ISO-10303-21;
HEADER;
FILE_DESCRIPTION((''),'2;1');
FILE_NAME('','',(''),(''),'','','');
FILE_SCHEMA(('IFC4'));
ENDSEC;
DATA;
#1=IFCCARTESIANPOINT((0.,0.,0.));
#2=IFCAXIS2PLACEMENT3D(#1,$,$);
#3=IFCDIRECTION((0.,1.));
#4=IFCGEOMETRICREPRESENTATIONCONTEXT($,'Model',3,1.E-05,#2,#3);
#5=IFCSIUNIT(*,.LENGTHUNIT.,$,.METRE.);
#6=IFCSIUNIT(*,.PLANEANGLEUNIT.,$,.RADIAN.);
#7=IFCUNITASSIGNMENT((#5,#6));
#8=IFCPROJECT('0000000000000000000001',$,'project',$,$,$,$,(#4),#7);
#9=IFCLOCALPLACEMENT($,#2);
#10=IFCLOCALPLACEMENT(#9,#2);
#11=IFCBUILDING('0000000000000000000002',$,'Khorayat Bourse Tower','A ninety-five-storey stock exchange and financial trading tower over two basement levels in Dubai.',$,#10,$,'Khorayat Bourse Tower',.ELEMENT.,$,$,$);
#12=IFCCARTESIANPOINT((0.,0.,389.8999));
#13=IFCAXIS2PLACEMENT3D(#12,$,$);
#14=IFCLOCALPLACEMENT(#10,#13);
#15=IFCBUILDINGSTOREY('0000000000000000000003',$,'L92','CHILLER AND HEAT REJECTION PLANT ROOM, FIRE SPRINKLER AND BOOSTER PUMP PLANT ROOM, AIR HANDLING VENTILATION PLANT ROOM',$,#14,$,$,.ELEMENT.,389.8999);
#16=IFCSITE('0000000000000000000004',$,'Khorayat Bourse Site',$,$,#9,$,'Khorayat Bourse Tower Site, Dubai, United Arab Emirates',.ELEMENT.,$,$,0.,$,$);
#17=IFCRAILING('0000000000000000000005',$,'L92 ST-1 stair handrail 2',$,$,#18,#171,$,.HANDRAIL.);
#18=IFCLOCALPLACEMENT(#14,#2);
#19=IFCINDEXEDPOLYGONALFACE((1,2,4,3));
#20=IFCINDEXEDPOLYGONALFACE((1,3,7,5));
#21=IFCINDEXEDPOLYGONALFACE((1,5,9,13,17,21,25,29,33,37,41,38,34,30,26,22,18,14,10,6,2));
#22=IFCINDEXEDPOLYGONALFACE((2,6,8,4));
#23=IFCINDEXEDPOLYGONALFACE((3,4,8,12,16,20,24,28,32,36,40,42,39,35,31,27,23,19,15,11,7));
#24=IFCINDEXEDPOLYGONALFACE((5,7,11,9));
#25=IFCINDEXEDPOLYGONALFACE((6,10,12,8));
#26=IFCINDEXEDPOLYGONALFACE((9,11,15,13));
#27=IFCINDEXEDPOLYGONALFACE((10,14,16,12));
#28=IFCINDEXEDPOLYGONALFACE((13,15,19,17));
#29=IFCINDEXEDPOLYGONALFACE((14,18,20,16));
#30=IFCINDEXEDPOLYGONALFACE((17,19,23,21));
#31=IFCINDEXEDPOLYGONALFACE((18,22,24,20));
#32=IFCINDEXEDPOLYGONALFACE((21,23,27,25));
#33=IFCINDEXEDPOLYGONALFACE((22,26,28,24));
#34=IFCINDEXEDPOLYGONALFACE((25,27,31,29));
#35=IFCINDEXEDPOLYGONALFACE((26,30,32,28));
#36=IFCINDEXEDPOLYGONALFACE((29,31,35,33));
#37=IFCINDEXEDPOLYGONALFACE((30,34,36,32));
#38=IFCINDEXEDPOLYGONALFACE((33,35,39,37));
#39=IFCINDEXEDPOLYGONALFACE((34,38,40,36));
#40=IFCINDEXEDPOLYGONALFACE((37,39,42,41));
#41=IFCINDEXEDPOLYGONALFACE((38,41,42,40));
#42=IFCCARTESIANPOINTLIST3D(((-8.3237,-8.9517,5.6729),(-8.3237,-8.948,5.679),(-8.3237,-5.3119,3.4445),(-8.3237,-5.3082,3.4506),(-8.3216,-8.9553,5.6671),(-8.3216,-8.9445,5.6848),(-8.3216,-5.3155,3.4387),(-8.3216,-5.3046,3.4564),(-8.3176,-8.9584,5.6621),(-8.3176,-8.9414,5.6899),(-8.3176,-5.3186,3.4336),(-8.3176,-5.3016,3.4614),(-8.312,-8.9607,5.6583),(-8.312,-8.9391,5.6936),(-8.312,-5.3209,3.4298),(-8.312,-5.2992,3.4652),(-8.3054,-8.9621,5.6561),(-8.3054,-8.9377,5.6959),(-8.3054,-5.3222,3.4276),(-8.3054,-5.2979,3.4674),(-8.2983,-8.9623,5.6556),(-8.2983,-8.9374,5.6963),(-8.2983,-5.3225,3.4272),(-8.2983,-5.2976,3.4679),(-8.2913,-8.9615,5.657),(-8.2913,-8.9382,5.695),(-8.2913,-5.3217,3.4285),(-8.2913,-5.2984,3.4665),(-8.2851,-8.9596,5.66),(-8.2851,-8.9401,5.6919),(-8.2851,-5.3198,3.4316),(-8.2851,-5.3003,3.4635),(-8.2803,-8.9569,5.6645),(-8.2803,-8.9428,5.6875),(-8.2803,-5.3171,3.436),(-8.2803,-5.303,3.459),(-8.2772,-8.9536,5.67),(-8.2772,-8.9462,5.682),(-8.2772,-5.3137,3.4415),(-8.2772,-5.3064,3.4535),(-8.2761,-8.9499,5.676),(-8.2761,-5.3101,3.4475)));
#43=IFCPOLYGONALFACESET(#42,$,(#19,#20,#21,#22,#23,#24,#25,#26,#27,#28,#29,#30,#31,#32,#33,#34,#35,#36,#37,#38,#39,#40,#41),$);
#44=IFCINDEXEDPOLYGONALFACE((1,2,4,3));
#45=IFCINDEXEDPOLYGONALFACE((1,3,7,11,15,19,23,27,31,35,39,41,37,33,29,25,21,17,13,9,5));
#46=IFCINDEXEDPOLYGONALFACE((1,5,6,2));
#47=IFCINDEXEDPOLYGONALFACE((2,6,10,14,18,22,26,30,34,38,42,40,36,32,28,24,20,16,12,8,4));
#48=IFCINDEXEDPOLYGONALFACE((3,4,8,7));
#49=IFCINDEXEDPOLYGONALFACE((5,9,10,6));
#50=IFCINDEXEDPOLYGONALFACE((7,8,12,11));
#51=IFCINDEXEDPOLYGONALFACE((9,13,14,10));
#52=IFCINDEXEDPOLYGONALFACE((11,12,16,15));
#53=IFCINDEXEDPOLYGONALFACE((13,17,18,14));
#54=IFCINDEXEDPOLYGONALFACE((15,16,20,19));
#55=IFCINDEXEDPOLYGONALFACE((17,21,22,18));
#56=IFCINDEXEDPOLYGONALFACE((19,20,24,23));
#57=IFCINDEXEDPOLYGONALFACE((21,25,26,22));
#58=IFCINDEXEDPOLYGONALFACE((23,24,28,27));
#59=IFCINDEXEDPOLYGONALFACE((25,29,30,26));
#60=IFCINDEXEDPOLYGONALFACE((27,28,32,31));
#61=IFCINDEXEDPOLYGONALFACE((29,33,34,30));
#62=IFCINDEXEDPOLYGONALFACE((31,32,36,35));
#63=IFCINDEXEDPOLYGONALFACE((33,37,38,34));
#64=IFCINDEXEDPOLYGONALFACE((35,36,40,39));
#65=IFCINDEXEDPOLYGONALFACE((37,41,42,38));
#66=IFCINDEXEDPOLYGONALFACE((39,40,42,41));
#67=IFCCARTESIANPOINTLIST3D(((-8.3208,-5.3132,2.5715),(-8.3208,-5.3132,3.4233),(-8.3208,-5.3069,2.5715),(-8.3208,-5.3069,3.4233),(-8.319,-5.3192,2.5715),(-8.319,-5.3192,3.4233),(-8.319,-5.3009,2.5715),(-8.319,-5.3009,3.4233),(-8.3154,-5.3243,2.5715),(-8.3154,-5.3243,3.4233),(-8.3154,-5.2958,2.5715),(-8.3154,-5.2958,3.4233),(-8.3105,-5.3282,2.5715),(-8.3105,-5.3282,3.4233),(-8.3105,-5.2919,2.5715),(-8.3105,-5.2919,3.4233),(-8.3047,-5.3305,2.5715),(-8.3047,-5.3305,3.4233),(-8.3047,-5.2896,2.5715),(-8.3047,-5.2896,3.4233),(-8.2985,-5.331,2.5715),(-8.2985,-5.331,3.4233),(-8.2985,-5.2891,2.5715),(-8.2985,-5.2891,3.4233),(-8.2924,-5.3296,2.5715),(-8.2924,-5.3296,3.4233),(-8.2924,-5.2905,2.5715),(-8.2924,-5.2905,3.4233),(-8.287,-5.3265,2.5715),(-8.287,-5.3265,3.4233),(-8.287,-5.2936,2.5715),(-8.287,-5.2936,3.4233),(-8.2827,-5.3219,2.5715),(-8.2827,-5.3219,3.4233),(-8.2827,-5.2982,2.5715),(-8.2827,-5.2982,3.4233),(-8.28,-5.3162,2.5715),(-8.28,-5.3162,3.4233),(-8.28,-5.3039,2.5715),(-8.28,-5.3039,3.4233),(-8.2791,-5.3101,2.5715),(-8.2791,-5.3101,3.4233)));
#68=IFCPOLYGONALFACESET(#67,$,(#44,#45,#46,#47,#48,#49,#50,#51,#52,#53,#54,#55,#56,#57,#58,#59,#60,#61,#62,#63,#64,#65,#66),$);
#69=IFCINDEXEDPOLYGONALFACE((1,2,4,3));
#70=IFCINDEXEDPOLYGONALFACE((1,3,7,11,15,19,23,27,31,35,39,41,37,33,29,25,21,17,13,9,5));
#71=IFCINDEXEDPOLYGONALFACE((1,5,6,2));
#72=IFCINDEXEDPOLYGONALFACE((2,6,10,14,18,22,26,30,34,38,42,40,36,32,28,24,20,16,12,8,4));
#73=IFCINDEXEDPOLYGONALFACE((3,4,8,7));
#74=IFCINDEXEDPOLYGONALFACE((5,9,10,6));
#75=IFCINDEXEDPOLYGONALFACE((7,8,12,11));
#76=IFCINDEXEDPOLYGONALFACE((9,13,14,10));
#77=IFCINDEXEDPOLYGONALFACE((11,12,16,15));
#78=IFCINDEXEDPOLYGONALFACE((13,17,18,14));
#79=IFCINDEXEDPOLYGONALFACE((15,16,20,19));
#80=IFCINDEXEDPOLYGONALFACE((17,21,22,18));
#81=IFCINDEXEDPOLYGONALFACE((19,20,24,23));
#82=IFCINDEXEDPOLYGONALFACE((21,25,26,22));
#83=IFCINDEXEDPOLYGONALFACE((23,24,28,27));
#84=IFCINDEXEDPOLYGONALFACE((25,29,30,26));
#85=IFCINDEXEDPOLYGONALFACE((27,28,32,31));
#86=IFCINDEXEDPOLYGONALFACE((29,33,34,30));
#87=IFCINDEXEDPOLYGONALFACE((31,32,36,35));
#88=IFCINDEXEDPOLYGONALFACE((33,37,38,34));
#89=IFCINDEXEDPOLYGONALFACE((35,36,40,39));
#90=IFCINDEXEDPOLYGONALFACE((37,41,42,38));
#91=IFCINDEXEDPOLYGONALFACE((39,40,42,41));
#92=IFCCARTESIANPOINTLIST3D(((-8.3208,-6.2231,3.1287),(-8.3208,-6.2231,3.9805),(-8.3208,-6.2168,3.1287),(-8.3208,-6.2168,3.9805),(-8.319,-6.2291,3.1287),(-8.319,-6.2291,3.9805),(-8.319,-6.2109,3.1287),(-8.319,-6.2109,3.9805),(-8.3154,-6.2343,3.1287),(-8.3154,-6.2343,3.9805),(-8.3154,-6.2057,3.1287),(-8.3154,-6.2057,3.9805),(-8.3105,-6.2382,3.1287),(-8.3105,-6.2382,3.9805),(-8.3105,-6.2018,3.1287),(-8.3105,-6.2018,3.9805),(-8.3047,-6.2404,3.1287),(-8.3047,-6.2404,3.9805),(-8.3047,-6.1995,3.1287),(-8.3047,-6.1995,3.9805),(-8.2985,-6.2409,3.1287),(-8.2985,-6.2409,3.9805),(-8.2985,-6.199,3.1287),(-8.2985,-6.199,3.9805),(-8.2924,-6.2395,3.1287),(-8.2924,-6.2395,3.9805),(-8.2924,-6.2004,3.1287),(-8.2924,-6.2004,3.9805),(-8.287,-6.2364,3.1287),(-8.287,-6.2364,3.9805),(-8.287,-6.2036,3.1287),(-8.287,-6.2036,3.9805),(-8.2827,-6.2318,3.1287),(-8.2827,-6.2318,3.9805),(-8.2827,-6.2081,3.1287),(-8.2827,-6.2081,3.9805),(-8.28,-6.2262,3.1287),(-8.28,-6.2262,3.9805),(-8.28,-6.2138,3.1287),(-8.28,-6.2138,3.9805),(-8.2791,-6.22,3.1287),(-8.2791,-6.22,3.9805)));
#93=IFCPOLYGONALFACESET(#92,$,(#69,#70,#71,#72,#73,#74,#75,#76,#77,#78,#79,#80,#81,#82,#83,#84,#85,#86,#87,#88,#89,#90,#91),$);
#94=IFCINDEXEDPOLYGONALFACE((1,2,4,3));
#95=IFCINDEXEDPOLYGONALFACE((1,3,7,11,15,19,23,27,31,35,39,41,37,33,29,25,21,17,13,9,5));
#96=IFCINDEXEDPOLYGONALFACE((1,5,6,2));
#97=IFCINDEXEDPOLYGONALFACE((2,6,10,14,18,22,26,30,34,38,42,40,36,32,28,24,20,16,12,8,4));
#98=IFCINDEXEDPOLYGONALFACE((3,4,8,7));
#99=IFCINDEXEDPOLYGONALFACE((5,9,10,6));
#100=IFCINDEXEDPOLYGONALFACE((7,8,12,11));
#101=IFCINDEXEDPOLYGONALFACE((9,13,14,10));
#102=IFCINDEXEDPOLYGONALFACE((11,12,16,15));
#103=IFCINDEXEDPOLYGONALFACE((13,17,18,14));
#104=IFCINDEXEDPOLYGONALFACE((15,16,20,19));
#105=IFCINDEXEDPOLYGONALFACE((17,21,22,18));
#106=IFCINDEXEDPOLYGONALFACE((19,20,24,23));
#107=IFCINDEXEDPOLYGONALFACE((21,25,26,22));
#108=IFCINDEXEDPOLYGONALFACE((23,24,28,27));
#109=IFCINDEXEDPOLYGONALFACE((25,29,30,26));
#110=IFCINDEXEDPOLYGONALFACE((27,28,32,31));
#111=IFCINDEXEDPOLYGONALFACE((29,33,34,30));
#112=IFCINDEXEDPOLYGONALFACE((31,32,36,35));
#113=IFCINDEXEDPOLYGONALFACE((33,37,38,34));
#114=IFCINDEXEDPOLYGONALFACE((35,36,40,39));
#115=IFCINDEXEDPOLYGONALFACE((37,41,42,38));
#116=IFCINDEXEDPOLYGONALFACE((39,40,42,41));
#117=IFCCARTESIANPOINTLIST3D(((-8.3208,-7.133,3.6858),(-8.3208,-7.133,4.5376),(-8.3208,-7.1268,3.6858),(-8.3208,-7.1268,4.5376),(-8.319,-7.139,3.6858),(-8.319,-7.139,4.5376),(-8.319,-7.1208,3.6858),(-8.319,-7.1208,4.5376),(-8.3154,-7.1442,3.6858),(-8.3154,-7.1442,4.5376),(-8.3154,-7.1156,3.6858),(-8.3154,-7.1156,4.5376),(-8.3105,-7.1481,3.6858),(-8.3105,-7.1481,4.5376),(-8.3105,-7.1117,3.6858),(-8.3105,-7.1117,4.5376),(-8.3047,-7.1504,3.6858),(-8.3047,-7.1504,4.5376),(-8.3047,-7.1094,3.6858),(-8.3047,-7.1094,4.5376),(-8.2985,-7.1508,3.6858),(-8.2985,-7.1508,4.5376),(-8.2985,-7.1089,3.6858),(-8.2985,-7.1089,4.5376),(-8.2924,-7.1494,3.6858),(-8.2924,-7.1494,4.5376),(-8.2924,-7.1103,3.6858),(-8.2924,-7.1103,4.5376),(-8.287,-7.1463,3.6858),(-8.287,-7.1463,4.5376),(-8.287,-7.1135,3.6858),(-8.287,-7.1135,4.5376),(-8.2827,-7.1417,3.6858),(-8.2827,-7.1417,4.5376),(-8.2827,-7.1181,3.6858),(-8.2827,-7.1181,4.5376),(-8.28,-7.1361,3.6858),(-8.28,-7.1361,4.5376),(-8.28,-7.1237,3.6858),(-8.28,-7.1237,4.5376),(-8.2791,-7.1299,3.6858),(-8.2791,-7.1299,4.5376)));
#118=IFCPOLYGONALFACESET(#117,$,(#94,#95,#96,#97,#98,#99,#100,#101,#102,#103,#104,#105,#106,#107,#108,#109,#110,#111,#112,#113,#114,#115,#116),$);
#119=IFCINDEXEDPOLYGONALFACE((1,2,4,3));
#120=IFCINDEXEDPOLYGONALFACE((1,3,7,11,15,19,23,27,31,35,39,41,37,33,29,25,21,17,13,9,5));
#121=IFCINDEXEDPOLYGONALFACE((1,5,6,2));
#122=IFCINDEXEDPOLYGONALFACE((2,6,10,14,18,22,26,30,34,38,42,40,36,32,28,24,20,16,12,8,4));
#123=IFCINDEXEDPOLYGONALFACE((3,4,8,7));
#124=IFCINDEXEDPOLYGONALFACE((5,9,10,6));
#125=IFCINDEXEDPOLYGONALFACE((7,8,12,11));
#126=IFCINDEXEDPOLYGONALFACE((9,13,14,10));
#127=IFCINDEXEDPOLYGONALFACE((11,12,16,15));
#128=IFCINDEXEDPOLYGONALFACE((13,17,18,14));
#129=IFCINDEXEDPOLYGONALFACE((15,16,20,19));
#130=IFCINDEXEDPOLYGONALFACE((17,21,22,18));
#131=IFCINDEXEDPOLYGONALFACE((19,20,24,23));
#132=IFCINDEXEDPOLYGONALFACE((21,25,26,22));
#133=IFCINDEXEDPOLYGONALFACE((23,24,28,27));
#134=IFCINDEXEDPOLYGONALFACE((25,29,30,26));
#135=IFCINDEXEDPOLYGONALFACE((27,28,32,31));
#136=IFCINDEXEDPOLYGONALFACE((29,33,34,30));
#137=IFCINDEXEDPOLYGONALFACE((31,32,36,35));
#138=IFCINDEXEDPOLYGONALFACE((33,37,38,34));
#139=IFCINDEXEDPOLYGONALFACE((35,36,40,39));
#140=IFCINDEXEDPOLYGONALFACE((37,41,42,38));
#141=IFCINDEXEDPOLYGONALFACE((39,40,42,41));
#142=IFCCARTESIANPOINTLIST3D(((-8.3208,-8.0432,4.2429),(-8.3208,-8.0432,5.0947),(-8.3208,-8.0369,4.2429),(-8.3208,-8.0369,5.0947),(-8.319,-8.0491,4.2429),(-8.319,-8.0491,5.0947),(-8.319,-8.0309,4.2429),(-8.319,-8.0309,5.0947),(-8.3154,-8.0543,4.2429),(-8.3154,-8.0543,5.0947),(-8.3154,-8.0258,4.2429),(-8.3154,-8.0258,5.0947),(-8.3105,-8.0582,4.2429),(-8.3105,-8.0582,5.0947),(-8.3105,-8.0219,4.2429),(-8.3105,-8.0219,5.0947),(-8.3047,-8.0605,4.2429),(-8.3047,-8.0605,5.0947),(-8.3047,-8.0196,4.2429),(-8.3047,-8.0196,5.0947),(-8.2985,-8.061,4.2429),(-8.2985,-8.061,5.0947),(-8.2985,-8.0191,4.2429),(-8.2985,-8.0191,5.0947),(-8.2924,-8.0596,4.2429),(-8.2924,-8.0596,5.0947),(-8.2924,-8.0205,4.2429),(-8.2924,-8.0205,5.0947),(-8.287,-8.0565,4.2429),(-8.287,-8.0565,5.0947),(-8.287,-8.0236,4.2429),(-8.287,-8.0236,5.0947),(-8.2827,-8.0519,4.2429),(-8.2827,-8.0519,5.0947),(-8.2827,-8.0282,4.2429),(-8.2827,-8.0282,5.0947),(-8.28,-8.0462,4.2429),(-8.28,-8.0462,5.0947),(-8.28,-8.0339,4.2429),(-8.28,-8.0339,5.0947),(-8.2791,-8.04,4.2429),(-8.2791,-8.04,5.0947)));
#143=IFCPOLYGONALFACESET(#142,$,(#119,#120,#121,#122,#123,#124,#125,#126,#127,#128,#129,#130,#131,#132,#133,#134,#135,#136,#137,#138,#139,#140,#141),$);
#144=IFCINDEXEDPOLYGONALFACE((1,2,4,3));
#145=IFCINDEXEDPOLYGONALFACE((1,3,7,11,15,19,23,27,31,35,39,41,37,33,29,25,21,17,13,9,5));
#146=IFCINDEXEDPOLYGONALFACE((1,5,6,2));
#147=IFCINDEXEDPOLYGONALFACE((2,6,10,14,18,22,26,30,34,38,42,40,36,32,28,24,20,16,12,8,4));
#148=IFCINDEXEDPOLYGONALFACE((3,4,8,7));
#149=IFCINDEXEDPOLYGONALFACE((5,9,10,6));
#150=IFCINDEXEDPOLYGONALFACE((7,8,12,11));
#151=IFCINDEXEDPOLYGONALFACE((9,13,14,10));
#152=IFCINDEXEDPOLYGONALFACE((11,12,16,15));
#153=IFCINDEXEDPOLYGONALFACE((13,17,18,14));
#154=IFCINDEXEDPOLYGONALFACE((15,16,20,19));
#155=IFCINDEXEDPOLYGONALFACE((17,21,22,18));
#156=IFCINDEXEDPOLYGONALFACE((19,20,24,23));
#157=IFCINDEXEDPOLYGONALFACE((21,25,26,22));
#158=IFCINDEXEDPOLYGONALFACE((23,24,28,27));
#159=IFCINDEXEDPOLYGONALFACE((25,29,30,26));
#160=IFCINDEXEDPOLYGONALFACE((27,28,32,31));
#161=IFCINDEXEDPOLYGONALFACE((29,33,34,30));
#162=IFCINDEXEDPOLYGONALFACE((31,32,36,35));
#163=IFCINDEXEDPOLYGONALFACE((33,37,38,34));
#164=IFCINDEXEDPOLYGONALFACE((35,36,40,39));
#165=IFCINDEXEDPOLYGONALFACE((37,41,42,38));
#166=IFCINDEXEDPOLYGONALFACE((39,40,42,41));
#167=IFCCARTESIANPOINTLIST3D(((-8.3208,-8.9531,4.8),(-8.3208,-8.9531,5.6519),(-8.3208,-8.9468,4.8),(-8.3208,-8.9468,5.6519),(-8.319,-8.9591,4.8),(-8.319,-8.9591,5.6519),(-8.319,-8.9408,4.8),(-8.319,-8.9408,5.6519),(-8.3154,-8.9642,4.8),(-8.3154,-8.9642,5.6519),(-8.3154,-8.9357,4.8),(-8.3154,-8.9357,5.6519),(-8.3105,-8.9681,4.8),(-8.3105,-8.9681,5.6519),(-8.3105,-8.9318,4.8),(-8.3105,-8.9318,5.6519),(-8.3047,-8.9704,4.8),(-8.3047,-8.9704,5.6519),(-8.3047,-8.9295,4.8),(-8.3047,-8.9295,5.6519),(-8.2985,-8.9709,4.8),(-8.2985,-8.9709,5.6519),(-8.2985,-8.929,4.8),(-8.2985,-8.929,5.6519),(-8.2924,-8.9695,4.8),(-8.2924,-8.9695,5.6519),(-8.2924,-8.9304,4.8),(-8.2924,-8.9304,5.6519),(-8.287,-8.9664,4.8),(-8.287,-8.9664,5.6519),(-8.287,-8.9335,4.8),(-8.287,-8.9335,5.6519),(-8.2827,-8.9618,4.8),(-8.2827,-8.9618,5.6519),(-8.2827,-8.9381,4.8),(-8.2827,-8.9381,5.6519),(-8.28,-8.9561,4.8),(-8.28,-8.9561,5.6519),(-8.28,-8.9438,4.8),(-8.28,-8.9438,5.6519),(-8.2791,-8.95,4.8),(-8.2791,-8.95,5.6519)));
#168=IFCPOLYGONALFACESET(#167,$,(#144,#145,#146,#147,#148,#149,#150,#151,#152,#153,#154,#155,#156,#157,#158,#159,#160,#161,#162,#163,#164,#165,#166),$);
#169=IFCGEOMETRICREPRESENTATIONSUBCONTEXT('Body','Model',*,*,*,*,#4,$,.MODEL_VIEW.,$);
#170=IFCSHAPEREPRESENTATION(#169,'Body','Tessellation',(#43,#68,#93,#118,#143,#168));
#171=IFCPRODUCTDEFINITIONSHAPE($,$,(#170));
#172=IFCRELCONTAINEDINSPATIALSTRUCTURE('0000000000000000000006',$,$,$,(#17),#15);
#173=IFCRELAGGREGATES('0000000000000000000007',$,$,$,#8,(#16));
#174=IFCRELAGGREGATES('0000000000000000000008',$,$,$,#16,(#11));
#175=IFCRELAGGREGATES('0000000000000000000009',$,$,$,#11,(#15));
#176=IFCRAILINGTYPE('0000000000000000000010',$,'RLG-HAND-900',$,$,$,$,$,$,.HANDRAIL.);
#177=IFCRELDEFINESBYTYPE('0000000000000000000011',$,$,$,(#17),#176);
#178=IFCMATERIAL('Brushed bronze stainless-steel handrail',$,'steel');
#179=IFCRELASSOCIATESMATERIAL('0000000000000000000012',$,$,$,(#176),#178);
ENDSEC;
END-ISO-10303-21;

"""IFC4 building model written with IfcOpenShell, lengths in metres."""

from ifc_helpers import new_model, si_unit, direction, frame, origin, origin_2d, place, context, subcontext, project, spatial, circle, extrude, source, transform, mapped, material, type_object, element, save


model = new_model("IFC4")

# Units and contexts
model_context = context("Model", 3, precision=1e-05, world=origin(), true_north=direction((0.0, 1.0)))
body_context = subcontext(model_context, "Body", "Model", "MODEL_VIEW")
ifc_project = project(units=[si_unit("LENGTHUNIT", "METRE"), si_unit("PLANEANGLEUNIT", "RADIAN")], contexts=[model_context])

# Site, building, storey
site_placement = place(None, origin())
site = spatial("IfcSite", under=ifc_project, at=site_placement, Name="Khorayat Bourse Site", LongName="Khorayat Bourse Tower Site, Dubai, United Arab Emirates", CompositionType="ELEMENT", RefElevation=0.0)
building_placement = place(site_placement, origin())
building = spatial("IfcBuilding", under=site, at=building_placement, Name="Khorayat Bourse Tower", Description="A ninety-five-storey stock exchange and financial trading tower over two basement levels in Dubai.", LongName="Khorayat Bourse Tower", CompositionType="ELEMENT")
storey_placement = place(building_placement, frame((0.0, 0.0, 389.8999)))
storey = spatial("IfcBuildingStorey", under=building, at=storey_placement, Name="L92", Description="CHILLER AND HEAT REJECTION PLANT ROOM, FIRE SPRINKLER AND BOOSTER PUMP PLANT ROOM, AIR HANDLING VENTILATION PLANT ROOM", CompositionType="ELEMENT", Elevation=389.8999)

# Railing
ifc_material_1 = material(Name="Brushed bronze stainless-steel handrail", Category="steel")
railing_type_1 = type_object("IfcRailingType", Name="RLG-HAND-900", PredefinedType="HANDRAIL", material=ifc_material_1)
shared_shape_1 = source(origin(), body_context, "Body", "SweptSolid", [
    extrude(circle(Radius=0.0239, at=origin_2d()), frame((0.0, 0.0, 0.876), z_axis=(0.0, -0.85285, 0.522156), x_axis=(1.0, 0.0, 0.0)), (0.0, 0.0, 1.0), 4.2678),
    extrude(circle(Radius=0.021, at=origin_2d()), origin(), (0.0, 0.0, 1.0), 0.8518),
    extrude(circle(Radius=0.021, at=origin_2d()), frame((0.0, -0.9099, 0.5571)), (0.0, 0.0, 1.0), 0.8518),
    extrude(circle(Radius=0.021, at=origin_2d()), frame((0.0, -1.8198, 1.1143)), (0.0, 0.0, 1.0), 0.8518),
    extrude(circle(Radius=0.021, at=origin_2d()), frame((0.0, -2.73, 1.6714)), (0.0, 0.0, 1.0), 0.8518),
    extrude(circle(Radius=0.021, at=origin_2d()), frame((0.0, -3.6399, 2.2285)), (0.0, 0.0, 1.0), 0.8518),
])
railing_1_placement = place(storey_placement, frame((-8.3, -5.3101, 2.5715)))
element("IfcRailing", 1, at=railing_1_placement, inside=storey, type_object=railing_type_1, Name="L92 ST-1 stair handrail 2", PredefinedType="HANDRAIL", context=body_context, shape_type="MappedRepresentation", body=[
    mapped(shared_shape_1, transform((0.0, 0.0, 0.0), scale=1.0)),
])

save(model, "model.ifc")
